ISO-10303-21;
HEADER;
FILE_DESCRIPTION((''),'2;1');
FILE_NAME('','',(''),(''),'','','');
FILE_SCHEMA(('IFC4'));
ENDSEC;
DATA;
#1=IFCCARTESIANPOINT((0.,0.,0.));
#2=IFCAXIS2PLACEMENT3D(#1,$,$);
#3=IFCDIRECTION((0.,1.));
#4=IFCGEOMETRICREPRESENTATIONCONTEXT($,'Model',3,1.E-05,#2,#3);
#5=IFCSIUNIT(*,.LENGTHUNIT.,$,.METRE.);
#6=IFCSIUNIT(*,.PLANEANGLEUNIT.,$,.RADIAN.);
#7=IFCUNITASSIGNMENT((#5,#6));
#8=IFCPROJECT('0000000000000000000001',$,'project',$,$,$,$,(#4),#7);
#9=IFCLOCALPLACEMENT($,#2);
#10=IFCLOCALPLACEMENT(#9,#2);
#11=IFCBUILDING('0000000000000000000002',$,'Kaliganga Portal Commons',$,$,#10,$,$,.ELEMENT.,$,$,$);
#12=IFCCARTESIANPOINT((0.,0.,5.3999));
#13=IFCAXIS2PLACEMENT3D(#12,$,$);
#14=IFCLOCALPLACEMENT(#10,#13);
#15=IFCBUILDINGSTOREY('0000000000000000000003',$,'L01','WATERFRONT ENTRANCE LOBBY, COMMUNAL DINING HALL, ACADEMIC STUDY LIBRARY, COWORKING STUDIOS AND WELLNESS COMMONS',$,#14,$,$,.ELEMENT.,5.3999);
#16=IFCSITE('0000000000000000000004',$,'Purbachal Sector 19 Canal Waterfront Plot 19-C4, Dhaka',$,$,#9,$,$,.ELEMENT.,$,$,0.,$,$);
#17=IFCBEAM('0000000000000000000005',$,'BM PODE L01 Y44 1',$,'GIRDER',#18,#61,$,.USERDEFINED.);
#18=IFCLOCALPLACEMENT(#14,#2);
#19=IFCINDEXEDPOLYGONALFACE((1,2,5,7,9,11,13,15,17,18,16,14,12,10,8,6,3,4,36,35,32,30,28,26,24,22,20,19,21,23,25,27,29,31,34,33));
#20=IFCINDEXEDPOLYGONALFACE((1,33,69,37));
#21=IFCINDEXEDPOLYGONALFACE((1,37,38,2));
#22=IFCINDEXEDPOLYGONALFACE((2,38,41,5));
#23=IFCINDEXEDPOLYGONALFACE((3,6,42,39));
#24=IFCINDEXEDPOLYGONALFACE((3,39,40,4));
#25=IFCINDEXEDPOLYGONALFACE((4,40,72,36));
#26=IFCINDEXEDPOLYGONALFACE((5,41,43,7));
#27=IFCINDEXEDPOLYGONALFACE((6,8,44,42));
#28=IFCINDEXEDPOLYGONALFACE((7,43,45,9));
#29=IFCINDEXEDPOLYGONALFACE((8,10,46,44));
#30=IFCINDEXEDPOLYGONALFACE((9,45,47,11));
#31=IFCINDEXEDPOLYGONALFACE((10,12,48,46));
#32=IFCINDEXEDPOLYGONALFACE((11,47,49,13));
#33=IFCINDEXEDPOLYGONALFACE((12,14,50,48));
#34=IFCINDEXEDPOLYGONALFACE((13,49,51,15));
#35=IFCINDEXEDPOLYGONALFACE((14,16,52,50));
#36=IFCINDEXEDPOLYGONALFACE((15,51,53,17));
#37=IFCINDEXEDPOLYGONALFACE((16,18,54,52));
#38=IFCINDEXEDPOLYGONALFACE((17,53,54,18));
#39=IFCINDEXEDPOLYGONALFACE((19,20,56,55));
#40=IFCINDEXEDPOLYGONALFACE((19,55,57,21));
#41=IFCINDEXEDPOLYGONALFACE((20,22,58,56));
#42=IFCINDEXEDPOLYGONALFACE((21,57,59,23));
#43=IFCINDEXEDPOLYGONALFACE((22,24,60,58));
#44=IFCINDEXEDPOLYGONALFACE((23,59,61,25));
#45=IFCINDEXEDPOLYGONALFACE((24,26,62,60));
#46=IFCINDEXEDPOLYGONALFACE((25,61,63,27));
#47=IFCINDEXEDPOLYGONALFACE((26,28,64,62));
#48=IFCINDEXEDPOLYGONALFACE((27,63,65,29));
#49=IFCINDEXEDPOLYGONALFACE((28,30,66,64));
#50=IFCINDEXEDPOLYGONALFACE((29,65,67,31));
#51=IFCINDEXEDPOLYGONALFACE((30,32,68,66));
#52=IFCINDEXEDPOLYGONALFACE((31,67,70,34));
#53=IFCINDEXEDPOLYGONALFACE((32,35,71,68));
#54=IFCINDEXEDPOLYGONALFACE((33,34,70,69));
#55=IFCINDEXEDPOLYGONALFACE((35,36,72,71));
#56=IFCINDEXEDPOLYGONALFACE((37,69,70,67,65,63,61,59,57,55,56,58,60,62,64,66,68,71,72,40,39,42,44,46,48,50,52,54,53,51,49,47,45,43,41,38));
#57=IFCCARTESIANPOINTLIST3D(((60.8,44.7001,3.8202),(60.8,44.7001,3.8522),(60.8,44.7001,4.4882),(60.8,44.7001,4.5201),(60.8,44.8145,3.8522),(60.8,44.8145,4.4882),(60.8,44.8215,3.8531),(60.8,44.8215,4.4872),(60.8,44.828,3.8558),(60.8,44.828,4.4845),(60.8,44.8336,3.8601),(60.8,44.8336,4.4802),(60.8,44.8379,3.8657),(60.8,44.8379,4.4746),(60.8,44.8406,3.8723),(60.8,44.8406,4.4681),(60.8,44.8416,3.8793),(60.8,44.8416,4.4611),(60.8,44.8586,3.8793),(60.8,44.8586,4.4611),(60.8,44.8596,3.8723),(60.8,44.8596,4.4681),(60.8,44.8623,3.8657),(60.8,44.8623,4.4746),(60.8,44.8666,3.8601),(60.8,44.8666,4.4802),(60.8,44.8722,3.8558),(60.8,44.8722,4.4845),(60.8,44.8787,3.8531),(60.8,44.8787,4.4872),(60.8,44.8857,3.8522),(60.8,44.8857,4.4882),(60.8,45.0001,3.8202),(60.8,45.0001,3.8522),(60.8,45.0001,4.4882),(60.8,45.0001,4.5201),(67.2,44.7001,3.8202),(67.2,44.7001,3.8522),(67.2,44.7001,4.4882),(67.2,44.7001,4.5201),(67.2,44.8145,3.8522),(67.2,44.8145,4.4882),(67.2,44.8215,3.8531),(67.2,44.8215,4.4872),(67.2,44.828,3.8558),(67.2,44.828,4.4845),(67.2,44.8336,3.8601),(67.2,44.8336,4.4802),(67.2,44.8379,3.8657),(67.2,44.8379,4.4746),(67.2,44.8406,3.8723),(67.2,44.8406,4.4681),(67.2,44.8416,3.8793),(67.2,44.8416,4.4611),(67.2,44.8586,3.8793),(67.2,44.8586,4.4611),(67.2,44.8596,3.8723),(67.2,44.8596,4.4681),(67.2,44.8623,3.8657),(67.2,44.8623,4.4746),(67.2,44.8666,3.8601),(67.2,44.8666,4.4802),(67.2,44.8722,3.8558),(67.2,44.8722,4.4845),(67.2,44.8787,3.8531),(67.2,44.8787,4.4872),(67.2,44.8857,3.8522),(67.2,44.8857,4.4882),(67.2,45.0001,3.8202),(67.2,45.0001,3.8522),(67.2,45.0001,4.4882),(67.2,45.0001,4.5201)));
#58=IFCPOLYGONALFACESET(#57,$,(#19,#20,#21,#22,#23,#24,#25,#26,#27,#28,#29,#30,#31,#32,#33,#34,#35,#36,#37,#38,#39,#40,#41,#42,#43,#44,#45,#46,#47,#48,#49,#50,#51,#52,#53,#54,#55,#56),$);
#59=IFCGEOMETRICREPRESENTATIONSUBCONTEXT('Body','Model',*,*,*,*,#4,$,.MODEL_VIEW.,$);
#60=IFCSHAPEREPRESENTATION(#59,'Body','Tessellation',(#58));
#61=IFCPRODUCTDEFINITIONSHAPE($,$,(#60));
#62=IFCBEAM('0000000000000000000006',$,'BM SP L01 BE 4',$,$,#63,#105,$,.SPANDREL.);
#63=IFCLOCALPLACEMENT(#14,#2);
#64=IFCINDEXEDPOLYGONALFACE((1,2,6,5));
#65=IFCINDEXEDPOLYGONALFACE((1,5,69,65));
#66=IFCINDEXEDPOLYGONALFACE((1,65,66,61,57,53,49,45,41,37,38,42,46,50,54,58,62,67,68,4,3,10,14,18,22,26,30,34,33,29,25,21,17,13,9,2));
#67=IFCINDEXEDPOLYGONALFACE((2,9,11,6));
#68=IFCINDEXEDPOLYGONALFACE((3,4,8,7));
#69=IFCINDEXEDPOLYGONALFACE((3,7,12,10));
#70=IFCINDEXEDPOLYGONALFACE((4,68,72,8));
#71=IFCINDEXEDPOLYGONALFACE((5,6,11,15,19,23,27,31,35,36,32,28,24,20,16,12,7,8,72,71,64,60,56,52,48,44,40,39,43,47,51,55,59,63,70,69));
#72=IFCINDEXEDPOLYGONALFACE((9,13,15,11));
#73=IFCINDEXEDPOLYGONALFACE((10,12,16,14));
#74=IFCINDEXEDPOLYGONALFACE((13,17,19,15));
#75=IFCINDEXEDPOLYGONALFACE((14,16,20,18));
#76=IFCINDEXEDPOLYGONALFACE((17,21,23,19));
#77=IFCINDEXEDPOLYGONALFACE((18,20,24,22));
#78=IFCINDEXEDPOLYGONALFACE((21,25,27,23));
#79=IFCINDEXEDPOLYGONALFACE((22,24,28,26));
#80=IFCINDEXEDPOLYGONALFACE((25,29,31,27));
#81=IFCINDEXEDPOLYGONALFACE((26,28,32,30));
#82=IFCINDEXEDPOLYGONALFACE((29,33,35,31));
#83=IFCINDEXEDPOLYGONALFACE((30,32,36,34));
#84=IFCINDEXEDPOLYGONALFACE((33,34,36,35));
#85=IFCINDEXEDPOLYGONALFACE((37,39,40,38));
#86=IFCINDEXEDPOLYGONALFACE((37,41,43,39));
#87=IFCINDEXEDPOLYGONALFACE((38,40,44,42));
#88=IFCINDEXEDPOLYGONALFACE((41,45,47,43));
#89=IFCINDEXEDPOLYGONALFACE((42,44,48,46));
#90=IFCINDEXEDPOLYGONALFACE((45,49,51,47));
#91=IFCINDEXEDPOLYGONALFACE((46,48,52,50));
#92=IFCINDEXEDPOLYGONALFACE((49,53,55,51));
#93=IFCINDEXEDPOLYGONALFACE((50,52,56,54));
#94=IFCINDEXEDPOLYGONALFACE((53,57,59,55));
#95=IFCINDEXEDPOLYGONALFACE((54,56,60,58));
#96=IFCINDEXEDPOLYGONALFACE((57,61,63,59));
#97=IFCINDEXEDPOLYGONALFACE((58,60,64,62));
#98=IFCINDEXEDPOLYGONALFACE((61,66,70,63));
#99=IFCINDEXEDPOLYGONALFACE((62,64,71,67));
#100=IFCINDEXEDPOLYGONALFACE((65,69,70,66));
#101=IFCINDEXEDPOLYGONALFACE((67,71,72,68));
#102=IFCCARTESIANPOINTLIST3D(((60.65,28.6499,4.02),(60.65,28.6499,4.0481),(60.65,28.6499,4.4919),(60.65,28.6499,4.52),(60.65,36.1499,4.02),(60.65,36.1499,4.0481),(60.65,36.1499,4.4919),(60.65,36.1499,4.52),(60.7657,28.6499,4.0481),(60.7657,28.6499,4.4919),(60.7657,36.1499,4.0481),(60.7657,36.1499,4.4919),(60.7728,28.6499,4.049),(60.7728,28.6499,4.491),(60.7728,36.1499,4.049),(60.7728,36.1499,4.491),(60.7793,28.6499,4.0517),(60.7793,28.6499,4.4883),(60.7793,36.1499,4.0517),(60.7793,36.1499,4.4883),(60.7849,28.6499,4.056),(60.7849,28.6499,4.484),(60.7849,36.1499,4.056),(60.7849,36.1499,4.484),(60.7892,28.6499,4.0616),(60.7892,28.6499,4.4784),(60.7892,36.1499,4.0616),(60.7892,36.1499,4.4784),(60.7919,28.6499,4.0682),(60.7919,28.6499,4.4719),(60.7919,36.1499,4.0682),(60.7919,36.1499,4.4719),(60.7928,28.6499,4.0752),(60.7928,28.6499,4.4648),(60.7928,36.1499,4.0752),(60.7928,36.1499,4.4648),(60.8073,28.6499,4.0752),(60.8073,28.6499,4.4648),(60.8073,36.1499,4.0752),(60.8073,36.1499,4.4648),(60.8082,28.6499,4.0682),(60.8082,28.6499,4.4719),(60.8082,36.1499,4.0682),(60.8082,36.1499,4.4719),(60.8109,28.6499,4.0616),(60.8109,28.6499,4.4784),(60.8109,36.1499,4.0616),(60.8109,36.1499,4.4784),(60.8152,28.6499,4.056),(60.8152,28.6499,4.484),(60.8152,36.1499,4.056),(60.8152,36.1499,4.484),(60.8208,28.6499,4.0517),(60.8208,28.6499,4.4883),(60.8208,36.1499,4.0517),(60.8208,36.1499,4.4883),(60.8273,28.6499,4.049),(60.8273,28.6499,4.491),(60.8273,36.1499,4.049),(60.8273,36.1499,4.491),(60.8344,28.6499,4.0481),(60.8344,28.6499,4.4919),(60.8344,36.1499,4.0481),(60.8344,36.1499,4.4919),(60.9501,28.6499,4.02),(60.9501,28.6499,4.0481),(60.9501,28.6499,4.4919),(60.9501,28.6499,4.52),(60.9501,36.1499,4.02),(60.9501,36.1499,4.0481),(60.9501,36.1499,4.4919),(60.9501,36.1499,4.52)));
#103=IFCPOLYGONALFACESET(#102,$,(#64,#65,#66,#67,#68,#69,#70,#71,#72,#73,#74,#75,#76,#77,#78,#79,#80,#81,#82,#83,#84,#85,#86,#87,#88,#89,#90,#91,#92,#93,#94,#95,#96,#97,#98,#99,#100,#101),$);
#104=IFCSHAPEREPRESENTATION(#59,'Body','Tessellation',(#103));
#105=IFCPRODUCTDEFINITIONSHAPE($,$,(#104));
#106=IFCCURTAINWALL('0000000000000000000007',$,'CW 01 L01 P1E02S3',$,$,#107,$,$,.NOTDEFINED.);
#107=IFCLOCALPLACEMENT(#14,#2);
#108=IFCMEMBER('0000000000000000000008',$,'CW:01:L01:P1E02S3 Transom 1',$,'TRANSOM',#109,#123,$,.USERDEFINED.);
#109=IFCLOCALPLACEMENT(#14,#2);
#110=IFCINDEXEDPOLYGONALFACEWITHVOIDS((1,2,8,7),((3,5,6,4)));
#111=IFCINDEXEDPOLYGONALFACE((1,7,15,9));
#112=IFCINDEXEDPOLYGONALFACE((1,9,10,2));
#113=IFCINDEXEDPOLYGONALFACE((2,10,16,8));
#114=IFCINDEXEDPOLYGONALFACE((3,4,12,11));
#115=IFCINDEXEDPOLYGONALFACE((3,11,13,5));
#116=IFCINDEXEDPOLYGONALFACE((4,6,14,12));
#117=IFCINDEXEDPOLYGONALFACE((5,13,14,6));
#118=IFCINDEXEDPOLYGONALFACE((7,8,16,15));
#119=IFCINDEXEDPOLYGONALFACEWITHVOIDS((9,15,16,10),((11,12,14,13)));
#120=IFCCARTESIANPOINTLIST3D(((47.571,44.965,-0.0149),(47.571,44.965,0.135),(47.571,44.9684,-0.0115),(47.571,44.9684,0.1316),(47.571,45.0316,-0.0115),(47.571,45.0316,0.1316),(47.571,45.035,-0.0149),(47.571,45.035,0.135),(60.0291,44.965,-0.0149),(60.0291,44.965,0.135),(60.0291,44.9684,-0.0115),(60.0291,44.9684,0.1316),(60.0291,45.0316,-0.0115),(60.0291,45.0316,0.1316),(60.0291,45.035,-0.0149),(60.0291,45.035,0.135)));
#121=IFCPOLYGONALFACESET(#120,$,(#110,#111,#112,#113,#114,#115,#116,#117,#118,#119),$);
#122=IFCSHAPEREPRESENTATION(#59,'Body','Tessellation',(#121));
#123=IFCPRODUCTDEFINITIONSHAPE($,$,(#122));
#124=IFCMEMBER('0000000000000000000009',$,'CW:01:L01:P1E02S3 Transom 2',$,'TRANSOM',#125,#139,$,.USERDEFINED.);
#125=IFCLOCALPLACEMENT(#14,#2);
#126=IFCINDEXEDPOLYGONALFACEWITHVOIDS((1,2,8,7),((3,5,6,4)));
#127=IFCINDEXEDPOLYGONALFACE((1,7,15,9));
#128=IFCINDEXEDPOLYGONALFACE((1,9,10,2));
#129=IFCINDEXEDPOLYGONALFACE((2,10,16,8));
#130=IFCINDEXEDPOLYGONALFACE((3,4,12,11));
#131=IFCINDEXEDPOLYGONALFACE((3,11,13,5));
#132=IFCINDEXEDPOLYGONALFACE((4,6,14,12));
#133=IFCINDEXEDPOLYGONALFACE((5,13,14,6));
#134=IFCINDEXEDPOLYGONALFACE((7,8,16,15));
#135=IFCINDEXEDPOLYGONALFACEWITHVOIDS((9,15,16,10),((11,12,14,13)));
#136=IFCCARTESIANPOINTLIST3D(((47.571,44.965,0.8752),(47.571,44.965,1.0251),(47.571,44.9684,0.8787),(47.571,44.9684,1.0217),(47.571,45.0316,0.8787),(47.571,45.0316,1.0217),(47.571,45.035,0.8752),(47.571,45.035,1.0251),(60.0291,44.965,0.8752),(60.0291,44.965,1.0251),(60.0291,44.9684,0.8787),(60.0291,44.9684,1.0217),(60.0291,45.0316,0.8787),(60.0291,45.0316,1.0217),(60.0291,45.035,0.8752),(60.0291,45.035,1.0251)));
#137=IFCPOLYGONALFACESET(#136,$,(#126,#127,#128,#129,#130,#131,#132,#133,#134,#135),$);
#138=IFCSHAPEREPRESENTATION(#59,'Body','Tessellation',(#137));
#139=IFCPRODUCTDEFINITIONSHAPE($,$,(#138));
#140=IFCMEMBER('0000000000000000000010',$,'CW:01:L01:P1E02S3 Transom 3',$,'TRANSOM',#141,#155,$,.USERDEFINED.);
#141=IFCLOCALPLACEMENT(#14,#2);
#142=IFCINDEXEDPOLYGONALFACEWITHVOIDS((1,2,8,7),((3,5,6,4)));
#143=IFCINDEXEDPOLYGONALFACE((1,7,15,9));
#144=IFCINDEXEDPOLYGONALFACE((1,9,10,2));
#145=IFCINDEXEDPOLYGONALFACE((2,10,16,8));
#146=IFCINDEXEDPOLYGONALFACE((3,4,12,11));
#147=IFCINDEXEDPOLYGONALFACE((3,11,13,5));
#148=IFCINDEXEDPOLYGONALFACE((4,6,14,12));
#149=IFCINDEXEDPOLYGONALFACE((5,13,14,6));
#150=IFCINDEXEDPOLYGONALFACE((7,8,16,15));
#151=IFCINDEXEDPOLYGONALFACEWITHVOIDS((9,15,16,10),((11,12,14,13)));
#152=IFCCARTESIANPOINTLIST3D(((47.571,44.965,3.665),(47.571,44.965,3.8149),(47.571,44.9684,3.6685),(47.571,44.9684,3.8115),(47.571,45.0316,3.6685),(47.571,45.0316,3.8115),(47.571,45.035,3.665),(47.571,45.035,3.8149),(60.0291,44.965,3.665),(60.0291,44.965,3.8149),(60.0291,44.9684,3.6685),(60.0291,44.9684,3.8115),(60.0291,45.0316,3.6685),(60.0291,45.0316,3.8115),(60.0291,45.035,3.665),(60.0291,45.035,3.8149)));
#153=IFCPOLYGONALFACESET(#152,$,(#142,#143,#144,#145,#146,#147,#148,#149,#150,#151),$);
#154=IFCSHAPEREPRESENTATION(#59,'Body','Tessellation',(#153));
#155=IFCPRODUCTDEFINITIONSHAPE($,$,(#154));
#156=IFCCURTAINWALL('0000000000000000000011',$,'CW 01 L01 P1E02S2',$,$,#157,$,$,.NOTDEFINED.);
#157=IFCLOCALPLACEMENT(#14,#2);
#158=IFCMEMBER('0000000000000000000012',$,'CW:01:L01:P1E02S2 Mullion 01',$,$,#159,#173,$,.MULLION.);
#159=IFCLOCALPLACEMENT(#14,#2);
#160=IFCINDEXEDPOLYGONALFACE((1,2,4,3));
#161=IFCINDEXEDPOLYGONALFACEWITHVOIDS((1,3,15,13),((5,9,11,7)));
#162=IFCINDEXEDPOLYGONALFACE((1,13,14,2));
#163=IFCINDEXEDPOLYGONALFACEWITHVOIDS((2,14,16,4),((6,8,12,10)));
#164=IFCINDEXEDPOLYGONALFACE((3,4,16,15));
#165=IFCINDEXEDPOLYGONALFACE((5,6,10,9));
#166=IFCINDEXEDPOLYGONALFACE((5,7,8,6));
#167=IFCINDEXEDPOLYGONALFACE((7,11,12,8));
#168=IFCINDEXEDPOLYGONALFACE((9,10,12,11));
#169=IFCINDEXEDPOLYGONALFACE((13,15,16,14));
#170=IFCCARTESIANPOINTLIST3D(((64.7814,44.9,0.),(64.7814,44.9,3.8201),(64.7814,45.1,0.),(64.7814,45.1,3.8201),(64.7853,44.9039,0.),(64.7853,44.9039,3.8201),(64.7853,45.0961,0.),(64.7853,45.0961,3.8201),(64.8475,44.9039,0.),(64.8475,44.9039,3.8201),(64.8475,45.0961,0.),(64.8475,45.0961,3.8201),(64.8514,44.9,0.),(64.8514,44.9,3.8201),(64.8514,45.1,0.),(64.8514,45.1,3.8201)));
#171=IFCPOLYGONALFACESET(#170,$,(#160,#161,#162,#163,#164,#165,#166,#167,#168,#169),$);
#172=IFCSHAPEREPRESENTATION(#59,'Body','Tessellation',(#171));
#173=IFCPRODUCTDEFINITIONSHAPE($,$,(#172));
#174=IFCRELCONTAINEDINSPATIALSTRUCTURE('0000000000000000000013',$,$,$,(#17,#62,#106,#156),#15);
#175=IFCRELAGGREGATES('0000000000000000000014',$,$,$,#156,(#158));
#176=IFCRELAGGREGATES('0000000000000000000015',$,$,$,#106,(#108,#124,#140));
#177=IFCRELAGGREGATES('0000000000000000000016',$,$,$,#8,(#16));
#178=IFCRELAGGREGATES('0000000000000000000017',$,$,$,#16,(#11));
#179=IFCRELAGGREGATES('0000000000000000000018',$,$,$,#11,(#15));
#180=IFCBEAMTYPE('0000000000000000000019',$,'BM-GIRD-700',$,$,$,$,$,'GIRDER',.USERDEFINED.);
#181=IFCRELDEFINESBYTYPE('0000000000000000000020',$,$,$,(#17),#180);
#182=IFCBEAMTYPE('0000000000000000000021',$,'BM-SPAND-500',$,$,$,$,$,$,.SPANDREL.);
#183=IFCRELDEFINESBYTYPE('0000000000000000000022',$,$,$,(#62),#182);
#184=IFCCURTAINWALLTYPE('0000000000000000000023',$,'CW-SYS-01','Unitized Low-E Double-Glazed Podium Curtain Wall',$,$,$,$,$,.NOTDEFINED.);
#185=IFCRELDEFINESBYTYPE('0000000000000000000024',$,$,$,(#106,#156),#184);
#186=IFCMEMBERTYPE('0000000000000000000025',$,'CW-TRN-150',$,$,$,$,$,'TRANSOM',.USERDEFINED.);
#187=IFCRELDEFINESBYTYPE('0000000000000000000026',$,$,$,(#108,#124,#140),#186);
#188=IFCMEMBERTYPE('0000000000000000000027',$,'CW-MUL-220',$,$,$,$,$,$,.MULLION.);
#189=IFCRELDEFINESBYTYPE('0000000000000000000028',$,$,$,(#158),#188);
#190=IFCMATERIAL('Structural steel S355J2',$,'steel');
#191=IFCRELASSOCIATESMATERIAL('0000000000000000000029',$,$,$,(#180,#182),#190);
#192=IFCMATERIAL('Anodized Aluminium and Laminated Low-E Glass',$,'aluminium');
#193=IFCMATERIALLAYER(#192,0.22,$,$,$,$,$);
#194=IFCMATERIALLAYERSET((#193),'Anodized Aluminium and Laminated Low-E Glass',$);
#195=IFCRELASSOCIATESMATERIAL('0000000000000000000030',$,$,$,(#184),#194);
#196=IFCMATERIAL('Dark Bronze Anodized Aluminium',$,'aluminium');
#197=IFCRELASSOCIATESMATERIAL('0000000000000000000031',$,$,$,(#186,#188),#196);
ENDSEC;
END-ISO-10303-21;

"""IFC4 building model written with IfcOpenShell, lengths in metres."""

from ifc_helpers import new_model, si_unit, direction, frame, origin, origin_2d, place, context, subcontext, project, spatial, hollow_rectangle, i_section, extrude, source, transform, mapped, material, layer, layer_set, material_profile, profile_set, type_object, element, aggregate, save


model = new_model("IFC4")

# Units and contexts
model_context = context("Model", 3, precision=1e-05, world=origin(), true_north=direction((0.0, 1.0)))
body_context = subcontext(model_context, "Body", "Model", "MODEL_VIEW")
ifc_project = project(units=[si_unit("LENGTHUNIT", "METRE"), si_unit("PLANEANGLEUNIT", "RADIAN")], contexts=[model_context])

# Site, building, storey
site_placement = place(None, origin())
site = spatial("IfcSite", under=ifc_project, at=site_placement, Name="Purbachal Sector 19 Canal Waterfront Plot 19-C4, Dhaka", CompositionType="ELEMENT", RefElevation=0.0)
building_placement = place(site_placement, origin())
building = spatial("IfcBuilding", under=site, at=building_placement, Name="Kaliganga Portal Commons", CompositionType="ELEMENT")
storey_placement = place(building_placement, frame((0.0, 0.0, 5.3999)))
storey = spatial("IfcBuildingStorey", under=building, at=storey_placement, Name="L01", Description="WATERFRONT ENTRANCE LOBBY, COMMUNAL DINING HALL, ACADEMIC STUDY LIBRARY, COWORKING STUDIOS AND WELLNESS COMMONS", CompositionType="ELEMENT", Elevation=5.3999)

# Beams
ifc_material_1 = material(Name="Structural steel S355J2", Category="steel")
ifc_material_profile_1 = material_profile(ifc_material_1, i_section(OverallWidth=0.3, OverallDepth=0.7, WebThickness=0.0171, FlangeThickness=0.032, FilletRadius=0.0271, at=origin_2d()), Name="HE 700 B")
ifc_profile_set_1 = profile_set([ifc_material_profile_1], Name="Structural steel S355J2 wide-flange")
beam_type_1 = type_object("IfcBeamType", Name="BM-GIRD-700", ElementType="GIRDER", PredefinedType="USERDEFINED", material=ifc_profile_set_1)
shared_shape_1 = source(origin(), body_context, "Body", "SweptSolid", [
    extrude(i_section(OverallWidth=0.3, OverallDepth=0.7, WebThickness=0.0171, FlangeThickness=0.032, FilletRadius=0.0271, at=origin_2d()), origin(), (0.0, 0.0, 1.0), 6.3999),
])
for number, where, z_axis, x_axis, name in (
    (1, (60.8, 44.8501, 4.1702), (1.0, 0.0, 0.0), (0.0, 1.0, 0.0), "BM PODE L01 Y44 1"),
):
    element("IfcBeam", number, at=place(storey_placement, frame(where, z_axis=z_axis, x_axis=x_axis)), inside=storey, type_object=beam_type_1, Name=name, ObjectType="GIRDER", PredefinedType="USERDEFINED", context=body_context, shape_type="MappedRepresentation", body=[
        mapped(shared_shape_1, transform((0.0, 0.0, 0.0), x_axis=(1.0, 0.0, 0.0), y_axis=(0.0, 1.0, 0.0), z_axis=(0.0, 0.0, 1.0), scale=1.0)),
    ])
ifc_material_profile_2 = material_profile(ifc_material_1, i_section(OverallWidth=0.3, OverallDepth=0.5, WebThickness=0.0144, FlangeThickness=0.0281, FilletRadius=0.0271, at=origin_2d()), Name="HE 500 B")
ifc_profile_set_2 = profile_set([ifc_material_profile_2], Name="Structural steel S355J2 wide-flange")
beam_type_2 = type_object("IfcBeamType", Name="BM-SPAND-500", PredefinedType="SPANDREL", material=ifc_profile_set_2)
shared_shape_2 = source(origin(), body_context, "Body", "SweptSolid", [
    extrude(i_section(OverallWidth=0.3, OverallDepth=0.5, WebThickness=0.0144, FlangeThickness=0.0281, FilletRadius=0.0271, at=origin_2d()), origin(), (0.0, 0.0, 1.0), 7.5),
])
beam_1_placement = place(storey_placement, frame((60.8, 28.6499, 4.27), z_axis=(0.0, 1.0, 0.0), x_axis=(-1.0, 0.0, 0.0)))
element("IfcBeam", 2, at=beam_1_placement, inside=storey, type_object=beam_type_2, Name="BM SP L01 BE 4", PredefinedType="SPANDREL", context=body_context, shape_type="MappedRepresentation", body=[
    mapped(shared_shape_2, transform((0.0, 0.0, 0.0), x_axis=(1.0, 0.0, 0.0), y_axis=(0.0, 1.0, 0.0), z_axis=(0.0, 0.0, 1.0), scale=1.0)),
])

# Curtain walls, members
ifc_material_2 = material(Name="Anodized Aluminium and Laminated Low-E Glass", Category="aluminium")
ifc_layer_1 = layer(ifc_material_2, 0.22)
ifc_layer_set_1 = layer_set([ifc_layer_1], Name="Anodized Aluminium and Laminated Low-E Glass")
curtain_wall_type = type_object("IfcCurtainWallType", Name="CW-SYS-01", Description="Unitized Low-E Double-Glazed Podium Curtain Wall", PredefinedType="NOTDEFINED", material=ifc_layer_set_1)
curtain_wall_1_placement = place(storey_placement, origin())
curtain_wall_1 = element("IfcCurtainWall", 3, at=curtain_wall_1_placement, inside=storey, type_object=curtain_wall_type, Name="CW 01 L01 P1E02S3", PredefinedType="NOTDEFINED")
ifc_material_3 = material(Name="Dark Bronze Anodized Aluminium", Category="aluminium")
ifc_material_profile_3 = material_profile(ifc_material_3, hollow_rectangle(XDim=0.0701, YDim=0.1499, WallThickness=0.0034, at=origin_2d()), Name="ALU TRAN 70x150x3.5")
ifc_profile_set_3 = profile_set([ifc_material_profile_3], Name="Dark Bronze Anodized Aluminium")
member_type_1 = type_object("IfcMemberType", Name="CW-TRN-150", ElementType="TRANSOM", PredefinedType="USERDEFINED", material=ifc_profile_set_3)
shared_shape_3 = source(origin(), body_context, "Body", "SweptSolid", [
    extrude(hollow_rectangle(XDim=0.0701, YDim=0.1499, WallThickness=0.0034, at=origin_2d()), origin(), (0.0, 0.0, 1.0), 12.458),
])
member_1_placement = place(storey_placement, frame((60.0291, 45.0, 0.0601), z_axis=(-1.0, 0.0, 0.0), x_axis=(0.0, -1.0, 0.0)))
member_1 = element("IfcMember", 4, at=member_1_placement, type_object=member_type_1, Name="CW:01:L01:P1E02S3 Transom 1", ObjectType="TRANSOM", PredefinedType="USERDEFINED", context=body_context, shape_type="MappedRepresentation", body=[
    mapped(shared_shape_3, transform((0.0, 0.0, 0.0), x_axis=(1.0, 0.0, 0.0), y_axis=(0.0, 1.0, 0.0), z_axis=(0.0, 0.0, 1.0), scale=1.0)),
])
member_2_placement = place(storey_placement, frame((60.0291, 45.0, 0.9502), z_axis=(-1.0, 0.0, 0.0), x_axis=(0.0, -1.0, 0.0)))
member_2 = element("IfcMember", 5, at=member_2_placement, type_object=member_type_1, Name="CW:01:L01:P1E02S3 Transom 2", ObjectType="TRANSOM", PredefinedType="USERDEFINED", context=body_context, shape_type="MappedRepresentation", body=[
    mapped(shared_shape_3, transform((0.0, 0.0, 0.0), x_axis=(1.0, 0.0, 0.0), y_axis=(0.0, 1.0, 0.0), z_axis=(0.0, 0.0, 1.0), scale=1.0)),
])
member_3_placement = place(storey_placement, frame((60.0291, 45.0, 3.74), z_axis=(-1.0, 0.0, 0.0), x_axis=(0.0, -1.0, 0.0)))
member_3 = element("IfcMember", 6, at=member_3_placement, type_object=member_type_1, Name="CW:01:L01:P1E02S3 Transom 3", ObjectType="TRANSOM", PredefinedType="USERDEFINED", context=body_context, shape_type="MappedRepresentation", body=[
    mapped(shared_shape_3, transform((0.0, 0.0, 0.0), x_axis=(1.0, 0.0, 0.0), y_axis=(0.0, 1.0, 0.0), z_axis=(0.0, 0.0, 1.0), scale=1.0)),
])
curtain_wall_2_placement = place(storey_placement, origin())
curtain_wall_2 = element("IfcCurtainWall", 7, at=curtain_wall_2_placement, inside=storey, type_object=curtain_wall_type, Name="CW 01 L01 P1E02S2", PredefinedType="NOTDEFINED")
ifc_material_profile_4 = material_profile(ifc_material_3, hollow_rectangle(XDim=0.0701, YDim=0.2, WallThickness=0.0039, at=origin_2d()), Name="ALU MULL 70x200x4")
ifc_profile_set_4 = profile_set([ifc_material_profile_4], Name="Dark Bronze Anodized Aluminium")
member_type_2 = type_object("IfcMemberType", Name="CW-MUL-220", PredefinedType="MULLION", material=ifc_profile_set_4)
shared_shape_4 = source(origin(), body_context, "Body", "SweptSolid", [
    extrude(hollow_rectangle(XDim=0.0701, YDim=0.2, WallThickness=0.0039, at=origin_2d()), origin(), (0.0, 0.0, 1.0), 3.8201),
])
member_4_placement = place(storey_placement, frame((64.8164, 45.0, 0.0), z_axis=(0.0, 0.0, 1.0), x_axis=(-1.0, 0.0, 0.0)))
member_4 = element("IfcMember", 8, at=member_4_placement, type_object=member_type_2, Name="CW:01:L01:P1E02S2 Mullion 01", PredefinedType="MULLION", context=body_context, shape_type="MappedRepresentation", body=[
    mapped(shared_shape_4, transform((0.0, 0.0, 0.0), x_axis=(1.0, 0.0, 0.0), y_axis=(0.0, 1.0, 0.0), z_axis=(0.0, 0.0, 1.0), scale=1.0)),
])

aggregate(curtain_wall_2, [member_4])
aggregate(curtain_wall_1, [member_1, member_2, member_3])

save(model, "model.ifc")
